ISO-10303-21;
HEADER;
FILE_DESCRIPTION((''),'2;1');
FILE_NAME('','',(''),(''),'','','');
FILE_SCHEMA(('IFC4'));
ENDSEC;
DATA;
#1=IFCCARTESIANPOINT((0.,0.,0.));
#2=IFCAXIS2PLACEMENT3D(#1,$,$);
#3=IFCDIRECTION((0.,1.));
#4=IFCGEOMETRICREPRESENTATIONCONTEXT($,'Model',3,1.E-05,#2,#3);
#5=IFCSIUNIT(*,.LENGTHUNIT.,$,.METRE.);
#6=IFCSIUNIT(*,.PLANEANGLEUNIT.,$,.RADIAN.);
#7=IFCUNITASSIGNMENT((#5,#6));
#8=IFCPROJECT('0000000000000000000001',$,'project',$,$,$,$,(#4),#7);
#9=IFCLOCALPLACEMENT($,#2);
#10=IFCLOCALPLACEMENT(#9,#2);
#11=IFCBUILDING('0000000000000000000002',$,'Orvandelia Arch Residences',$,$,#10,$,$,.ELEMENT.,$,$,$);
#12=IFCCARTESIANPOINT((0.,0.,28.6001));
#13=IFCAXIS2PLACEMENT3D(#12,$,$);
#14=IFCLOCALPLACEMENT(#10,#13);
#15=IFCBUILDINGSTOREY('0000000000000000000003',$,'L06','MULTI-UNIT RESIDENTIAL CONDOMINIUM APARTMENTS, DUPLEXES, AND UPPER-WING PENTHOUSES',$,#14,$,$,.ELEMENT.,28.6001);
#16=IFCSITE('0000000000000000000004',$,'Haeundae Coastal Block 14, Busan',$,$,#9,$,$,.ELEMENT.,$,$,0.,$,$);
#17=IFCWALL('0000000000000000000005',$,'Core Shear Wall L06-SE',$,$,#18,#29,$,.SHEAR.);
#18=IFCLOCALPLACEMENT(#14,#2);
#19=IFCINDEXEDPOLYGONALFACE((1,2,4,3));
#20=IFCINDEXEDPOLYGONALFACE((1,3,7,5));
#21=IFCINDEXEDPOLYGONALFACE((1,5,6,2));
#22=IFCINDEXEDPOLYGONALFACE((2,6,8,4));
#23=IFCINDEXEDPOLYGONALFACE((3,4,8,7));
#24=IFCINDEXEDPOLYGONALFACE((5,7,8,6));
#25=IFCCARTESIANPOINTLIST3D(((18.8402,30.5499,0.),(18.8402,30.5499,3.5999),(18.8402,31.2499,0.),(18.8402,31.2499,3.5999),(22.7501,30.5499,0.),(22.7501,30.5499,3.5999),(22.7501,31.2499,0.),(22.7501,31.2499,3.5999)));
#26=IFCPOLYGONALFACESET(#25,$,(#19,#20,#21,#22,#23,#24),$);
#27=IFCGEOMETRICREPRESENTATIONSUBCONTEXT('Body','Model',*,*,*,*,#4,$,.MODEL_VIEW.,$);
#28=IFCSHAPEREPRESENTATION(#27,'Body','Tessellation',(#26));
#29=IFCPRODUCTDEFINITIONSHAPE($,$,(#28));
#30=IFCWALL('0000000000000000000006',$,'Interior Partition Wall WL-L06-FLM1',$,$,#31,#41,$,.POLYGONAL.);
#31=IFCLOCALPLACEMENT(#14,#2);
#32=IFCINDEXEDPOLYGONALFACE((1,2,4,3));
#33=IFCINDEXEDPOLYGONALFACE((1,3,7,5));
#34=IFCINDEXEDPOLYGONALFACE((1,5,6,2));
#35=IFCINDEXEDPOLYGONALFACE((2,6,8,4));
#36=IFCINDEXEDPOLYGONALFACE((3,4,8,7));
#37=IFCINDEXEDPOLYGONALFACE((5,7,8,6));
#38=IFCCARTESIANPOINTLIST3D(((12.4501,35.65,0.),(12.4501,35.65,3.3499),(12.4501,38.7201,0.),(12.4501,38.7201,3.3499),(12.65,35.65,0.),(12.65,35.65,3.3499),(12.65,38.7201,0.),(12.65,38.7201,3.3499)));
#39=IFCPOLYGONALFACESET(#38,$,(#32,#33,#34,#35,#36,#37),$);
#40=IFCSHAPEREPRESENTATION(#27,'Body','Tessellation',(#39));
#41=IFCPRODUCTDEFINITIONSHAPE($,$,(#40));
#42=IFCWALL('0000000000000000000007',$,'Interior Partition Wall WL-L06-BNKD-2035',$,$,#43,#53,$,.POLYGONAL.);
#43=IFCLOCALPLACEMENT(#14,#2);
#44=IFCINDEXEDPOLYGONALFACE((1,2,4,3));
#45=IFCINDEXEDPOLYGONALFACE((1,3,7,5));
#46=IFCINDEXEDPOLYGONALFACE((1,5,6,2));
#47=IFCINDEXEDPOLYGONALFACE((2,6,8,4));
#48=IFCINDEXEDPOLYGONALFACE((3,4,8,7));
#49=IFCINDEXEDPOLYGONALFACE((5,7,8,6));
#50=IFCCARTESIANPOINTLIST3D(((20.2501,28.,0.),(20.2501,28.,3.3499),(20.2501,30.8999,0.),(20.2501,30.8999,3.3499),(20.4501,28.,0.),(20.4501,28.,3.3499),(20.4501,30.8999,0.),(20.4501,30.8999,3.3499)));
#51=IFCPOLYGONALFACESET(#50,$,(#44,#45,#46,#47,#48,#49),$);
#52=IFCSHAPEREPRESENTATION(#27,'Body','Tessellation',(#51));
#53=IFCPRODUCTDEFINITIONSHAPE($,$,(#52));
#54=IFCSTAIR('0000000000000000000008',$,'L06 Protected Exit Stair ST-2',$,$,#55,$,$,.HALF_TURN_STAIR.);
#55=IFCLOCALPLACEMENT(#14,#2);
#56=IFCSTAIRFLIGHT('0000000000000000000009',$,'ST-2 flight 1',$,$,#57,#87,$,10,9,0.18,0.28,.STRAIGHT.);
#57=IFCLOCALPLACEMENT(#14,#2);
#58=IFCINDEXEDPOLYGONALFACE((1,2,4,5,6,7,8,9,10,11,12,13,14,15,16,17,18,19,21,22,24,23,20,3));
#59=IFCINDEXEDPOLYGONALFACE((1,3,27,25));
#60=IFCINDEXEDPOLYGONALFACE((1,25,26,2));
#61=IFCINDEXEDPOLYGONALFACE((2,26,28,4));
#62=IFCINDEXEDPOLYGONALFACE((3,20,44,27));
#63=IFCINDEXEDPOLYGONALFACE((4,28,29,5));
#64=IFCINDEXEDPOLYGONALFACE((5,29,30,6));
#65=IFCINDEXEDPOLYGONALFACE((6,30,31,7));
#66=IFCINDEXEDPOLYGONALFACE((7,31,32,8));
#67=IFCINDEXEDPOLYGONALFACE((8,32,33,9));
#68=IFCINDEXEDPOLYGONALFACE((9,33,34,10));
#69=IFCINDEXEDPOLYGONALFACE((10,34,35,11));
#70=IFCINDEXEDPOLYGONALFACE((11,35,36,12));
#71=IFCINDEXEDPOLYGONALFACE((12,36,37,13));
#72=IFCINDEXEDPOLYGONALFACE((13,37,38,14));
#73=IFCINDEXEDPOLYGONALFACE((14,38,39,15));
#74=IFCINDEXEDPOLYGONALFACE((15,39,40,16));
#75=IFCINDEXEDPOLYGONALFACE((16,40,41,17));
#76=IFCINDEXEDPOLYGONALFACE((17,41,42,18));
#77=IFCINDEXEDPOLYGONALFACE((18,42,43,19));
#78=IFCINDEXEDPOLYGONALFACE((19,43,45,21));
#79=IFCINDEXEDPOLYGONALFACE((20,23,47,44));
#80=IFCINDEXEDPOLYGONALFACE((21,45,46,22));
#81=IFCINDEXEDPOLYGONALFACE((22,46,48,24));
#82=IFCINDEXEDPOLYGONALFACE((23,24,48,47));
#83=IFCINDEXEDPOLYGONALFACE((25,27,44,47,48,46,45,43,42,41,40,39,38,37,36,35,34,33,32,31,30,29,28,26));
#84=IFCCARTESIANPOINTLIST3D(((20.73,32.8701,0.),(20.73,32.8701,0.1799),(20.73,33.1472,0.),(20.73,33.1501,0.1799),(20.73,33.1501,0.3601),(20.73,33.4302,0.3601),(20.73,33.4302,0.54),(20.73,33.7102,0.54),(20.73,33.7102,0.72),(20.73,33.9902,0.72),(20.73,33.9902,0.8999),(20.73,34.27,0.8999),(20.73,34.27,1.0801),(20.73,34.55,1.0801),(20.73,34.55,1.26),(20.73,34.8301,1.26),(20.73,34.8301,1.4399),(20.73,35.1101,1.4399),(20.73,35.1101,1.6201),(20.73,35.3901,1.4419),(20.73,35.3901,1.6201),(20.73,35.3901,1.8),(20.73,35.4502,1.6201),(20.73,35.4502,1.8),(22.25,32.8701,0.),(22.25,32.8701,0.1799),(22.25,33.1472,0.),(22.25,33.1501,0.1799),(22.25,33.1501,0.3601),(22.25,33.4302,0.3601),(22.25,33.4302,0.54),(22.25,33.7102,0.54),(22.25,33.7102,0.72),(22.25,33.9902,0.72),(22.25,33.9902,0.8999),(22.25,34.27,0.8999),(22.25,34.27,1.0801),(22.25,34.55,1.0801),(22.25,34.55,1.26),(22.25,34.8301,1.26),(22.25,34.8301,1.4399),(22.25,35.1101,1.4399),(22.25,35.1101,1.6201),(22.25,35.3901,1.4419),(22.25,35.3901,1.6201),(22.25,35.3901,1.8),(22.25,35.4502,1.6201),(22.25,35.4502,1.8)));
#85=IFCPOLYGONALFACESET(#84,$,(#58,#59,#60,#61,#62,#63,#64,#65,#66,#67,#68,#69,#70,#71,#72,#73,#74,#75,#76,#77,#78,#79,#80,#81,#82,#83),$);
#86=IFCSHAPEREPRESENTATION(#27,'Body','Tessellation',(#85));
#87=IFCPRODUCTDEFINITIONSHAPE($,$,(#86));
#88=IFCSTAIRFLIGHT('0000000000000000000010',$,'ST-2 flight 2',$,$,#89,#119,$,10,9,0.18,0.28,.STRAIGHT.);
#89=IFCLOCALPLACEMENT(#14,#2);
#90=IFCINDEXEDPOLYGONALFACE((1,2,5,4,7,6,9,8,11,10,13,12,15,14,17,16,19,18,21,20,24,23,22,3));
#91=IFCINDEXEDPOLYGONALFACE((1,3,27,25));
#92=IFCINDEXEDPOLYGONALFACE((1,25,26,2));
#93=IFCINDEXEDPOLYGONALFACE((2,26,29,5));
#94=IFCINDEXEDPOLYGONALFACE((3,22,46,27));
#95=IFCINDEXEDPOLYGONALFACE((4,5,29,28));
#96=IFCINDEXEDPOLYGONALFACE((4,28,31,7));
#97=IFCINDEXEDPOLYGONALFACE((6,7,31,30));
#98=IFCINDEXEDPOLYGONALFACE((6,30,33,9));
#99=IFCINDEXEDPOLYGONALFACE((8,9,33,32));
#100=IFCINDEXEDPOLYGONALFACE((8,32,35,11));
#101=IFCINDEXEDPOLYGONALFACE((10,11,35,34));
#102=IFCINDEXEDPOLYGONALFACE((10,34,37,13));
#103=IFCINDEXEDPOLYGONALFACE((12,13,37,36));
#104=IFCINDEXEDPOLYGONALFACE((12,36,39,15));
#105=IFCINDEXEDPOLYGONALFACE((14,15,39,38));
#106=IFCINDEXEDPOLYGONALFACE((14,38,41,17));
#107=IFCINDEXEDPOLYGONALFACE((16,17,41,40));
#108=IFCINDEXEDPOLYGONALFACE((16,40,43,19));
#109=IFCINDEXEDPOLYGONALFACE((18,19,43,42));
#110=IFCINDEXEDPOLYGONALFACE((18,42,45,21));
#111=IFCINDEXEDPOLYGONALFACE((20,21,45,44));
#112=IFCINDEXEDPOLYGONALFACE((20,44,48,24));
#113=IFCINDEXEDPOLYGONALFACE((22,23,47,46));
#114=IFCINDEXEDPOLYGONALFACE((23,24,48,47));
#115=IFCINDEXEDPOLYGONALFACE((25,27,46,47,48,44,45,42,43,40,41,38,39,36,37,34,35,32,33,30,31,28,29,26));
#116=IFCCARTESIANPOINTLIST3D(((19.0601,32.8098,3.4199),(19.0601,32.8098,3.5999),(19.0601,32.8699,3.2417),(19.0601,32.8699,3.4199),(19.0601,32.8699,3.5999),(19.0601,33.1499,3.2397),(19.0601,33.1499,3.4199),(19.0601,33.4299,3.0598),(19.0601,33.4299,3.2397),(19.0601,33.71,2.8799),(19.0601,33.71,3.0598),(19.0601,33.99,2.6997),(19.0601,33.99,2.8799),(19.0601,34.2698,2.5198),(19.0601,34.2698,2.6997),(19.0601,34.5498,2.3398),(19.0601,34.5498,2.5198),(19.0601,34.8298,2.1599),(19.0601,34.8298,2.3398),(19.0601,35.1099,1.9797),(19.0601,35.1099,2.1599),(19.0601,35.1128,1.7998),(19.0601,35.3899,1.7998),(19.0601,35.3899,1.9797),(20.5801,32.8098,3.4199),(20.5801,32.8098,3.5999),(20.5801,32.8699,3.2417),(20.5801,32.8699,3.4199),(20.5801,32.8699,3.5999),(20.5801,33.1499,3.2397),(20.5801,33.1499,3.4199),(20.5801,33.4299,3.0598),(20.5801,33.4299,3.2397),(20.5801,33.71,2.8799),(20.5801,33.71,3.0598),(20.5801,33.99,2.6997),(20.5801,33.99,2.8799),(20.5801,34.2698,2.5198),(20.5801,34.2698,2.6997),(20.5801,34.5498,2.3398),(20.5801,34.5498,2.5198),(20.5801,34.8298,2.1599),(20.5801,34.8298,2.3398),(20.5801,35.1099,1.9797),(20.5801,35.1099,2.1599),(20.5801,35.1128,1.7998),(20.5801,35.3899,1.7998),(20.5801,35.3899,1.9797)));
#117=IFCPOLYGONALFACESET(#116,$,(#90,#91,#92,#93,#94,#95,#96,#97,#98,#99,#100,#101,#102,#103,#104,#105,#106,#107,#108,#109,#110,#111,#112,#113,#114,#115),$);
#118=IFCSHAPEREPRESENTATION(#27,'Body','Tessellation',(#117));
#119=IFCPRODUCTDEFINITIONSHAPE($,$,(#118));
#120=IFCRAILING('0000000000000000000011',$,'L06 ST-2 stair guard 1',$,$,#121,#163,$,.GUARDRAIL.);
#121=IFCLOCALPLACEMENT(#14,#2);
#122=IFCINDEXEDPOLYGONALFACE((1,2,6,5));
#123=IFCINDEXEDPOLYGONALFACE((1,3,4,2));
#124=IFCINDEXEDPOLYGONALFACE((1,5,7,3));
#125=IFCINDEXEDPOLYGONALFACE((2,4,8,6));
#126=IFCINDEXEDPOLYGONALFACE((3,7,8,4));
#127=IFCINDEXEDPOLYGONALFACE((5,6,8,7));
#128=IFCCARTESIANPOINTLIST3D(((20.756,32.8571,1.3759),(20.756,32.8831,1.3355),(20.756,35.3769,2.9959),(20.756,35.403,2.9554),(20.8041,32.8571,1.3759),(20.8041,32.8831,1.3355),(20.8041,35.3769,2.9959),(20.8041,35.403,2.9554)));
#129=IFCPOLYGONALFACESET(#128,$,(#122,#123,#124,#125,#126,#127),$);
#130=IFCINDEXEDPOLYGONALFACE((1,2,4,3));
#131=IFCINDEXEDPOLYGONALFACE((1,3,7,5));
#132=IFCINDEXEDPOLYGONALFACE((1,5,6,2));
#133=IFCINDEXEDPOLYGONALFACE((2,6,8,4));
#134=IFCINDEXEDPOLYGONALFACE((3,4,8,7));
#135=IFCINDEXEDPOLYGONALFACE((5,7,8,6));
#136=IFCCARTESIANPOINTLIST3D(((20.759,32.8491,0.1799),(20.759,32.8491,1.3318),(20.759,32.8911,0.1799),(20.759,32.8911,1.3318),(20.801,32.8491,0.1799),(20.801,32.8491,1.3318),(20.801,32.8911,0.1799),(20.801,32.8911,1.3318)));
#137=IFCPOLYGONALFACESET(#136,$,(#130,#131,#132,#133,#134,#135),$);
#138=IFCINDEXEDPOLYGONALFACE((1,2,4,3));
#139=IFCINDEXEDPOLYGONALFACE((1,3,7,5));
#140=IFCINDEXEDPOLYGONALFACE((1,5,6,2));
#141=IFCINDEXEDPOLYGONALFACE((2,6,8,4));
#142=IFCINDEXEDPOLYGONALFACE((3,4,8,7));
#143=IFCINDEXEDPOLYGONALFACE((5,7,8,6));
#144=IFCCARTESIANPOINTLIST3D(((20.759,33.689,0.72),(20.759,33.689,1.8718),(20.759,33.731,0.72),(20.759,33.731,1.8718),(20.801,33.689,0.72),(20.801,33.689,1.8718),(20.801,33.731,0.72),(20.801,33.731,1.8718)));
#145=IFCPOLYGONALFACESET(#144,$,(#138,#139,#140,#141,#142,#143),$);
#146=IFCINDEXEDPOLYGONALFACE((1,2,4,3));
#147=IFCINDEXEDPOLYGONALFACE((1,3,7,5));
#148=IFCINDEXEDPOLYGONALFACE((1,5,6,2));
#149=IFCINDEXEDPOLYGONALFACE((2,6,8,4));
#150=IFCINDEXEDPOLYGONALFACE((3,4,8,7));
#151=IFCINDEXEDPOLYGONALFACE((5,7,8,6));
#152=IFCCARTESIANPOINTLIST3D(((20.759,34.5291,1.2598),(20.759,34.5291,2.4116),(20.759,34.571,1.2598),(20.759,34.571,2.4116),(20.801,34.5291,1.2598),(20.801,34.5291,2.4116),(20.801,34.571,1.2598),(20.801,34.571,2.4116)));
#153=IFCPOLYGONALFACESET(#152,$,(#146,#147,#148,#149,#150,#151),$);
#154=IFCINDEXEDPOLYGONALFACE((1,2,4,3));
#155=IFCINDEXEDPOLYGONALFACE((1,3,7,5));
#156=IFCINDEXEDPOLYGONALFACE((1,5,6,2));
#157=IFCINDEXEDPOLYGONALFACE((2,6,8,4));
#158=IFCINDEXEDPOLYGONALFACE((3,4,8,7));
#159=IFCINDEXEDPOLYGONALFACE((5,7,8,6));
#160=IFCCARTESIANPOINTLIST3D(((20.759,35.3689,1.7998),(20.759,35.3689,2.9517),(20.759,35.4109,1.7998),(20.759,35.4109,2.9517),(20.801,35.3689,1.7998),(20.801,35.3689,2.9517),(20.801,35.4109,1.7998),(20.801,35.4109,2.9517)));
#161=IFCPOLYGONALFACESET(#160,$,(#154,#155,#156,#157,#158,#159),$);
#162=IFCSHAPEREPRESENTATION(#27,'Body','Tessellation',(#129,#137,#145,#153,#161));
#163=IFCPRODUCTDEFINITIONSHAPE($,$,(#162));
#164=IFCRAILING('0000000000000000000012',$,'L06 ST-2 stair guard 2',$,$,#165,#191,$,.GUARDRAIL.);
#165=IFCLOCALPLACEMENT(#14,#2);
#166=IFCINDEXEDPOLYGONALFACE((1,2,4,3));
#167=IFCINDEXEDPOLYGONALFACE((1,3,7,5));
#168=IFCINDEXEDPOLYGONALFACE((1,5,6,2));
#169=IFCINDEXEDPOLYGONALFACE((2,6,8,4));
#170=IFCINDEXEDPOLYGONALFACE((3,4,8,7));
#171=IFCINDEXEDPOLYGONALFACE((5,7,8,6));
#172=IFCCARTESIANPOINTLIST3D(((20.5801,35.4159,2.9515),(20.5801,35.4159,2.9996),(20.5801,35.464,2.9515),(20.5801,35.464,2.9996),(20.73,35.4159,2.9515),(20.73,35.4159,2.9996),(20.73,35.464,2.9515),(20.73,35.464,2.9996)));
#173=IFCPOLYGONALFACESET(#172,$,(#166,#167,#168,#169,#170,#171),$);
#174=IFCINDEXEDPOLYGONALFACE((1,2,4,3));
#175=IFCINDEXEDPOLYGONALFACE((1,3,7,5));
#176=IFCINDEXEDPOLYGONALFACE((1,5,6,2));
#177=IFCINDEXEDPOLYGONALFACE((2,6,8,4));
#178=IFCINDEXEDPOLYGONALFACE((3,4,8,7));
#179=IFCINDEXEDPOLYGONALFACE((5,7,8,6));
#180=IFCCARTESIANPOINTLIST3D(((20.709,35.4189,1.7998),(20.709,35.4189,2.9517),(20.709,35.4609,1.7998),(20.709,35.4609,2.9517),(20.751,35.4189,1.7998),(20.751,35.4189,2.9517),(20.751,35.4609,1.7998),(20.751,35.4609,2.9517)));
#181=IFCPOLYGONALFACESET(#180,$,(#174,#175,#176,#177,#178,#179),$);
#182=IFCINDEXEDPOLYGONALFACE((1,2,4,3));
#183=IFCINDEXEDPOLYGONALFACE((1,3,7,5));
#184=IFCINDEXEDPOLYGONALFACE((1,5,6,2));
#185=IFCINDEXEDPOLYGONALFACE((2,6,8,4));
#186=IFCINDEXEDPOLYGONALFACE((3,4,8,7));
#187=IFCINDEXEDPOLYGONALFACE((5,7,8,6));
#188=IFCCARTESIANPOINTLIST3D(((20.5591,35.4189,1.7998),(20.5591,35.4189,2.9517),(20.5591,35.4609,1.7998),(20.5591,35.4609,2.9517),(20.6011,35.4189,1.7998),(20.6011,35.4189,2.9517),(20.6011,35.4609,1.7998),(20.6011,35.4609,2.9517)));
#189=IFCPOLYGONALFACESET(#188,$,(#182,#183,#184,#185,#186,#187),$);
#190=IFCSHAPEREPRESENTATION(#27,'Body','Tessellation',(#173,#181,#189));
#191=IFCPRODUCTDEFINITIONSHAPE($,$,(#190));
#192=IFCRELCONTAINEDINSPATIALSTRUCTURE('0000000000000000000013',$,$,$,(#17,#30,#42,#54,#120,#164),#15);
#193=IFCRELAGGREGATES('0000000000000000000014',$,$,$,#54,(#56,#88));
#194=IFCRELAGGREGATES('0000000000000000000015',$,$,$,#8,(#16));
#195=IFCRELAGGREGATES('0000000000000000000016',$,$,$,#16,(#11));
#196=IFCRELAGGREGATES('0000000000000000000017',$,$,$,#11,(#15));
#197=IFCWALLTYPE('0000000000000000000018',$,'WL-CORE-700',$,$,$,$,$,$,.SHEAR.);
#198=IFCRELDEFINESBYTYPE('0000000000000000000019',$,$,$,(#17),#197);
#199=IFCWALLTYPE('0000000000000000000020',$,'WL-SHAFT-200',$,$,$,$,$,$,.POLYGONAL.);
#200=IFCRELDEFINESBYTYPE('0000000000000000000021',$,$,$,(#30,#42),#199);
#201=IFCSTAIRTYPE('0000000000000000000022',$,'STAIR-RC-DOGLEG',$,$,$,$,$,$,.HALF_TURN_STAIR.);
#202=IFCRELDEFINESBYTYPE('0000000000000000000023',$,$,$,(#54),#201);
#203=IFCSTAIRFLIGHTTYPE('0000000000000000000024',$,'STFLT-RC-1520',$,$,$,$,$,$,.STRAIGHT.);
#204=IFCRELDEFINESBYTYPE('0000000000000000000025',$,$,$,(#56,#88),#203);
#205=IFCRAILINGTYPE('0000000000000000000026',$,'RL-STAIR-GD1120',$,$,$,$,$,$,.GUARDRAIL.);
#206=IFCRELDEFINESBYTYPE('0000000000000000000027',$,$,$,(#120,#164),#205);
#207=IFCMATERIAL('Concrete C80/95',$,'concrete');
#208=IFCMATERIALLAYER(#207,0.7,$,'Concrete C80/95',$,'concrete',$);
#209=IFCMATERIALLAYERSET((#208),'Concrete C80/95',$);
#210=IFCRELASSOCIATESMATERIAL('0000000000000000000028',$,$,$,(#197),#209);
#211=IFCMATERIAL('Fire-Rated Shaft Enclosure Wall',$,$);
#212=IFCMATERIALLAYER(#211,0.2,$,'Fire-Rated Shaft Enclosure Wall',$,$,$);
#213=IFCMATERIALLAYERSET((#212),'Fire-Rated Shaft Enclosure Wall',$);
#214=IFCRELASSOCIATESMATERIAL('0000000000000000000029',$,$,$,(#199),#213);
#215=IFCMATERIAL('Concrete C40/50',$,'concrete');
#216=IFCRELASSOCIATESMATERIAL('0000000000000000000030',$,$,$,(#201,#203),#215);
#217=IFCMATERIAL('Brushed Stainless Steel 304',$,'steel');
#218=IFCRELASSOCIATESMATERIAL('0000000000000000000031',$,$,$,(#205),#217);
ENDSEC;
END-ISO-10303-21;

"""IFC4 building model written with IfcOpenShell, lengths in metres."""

from ifc_helpers import new_model, si_unit, direction, frame, frame_2d, origin, origin_2d, place, context, subcontext, project, spatial, polyline, rectangle, outline, extrude, material, layer, layer_set, type_object, element, aggregate, save


model = new_model("IFC4")

# Units and contexts
model_context = context("Model", 3, precision=1e-05, world=origin(), true_north=direction((0.0, 1.0)))
body_context = subcontext(model_context, "Body", "Model", "MODEL_VIEW")
ifc_project = project(units=[si_unit("LENGTHUNIT", "METRE"), si_unit("PLANEANGLEUNIT", "RADIAN")], contexts=[model_context])

# Site, building, storey
site_placement = place(None, origin())
site = spatial("IfcSite", under=ifc_project, at=site_placement, Name="Haeundae Coastal Block 14, Busan", CompositionType="ELEMENT", RefElevation=0.0)
building_placement = place(site_placement, origin())
building = spatial("IfcBuilding", under=site, at=building_placement, Name="Orvandelia Arch Residences", CompositionType="ELEMENT")
storey_placement = place(building_placement, frame((0.0, 0.0, 28.6001)))
storey = spatial("IfcBuildingStorey", under=building, at=storey_placement, Name="L06", Description="MULTI-UNIT RESIDENTIAL CONDOMINIUM APARTMENTS, DUPLEXES, AND UPPER-WING PENTHOUSES", CompositionType="ELEMENT", Elevation=28.6001)

# Shared definitions
ifc_material_1 = material(Name="Concrete C80/95", Category="concrete")

# Shared definitions
ifc_layer_1 = layer(ifc_material_1, 0.7, Name="Concrete C80/95", Category="concrete")
ifc_layer_set_1 = layer_set([ifc_layer_1], Name="Concrete C80/95")
wall_type_1 = type_object("IfcWallType", Name="WL-CORE-700", PredefinedType="SHEAR", material=ifc_layer_set_1)

# Walls
wall_1_placement = place(storey_placement, frame((18.8401, 30.8999, 0.0), z_axis=(0.0, 0.0, 1.0), x_axis=(1.0, 0.0, 0.0)))
element("IfcWall", 1, at=wall_1_placement, inside=storey, type_object=wall_type_1, Name="Core Shear Wall L06-SE", PredefinedType="SHEAR", context=body_context, shape_type="SweptSolid", body=[
    extrude(rectangle(XDim=3.9099, YDim=0.7, at=frame_2d((1.9551, 0.0))), origin(), (0.0, 0.0, 1.0), 3.5999),
])
ifc_material_2 = material(Name="Fire-Rated Shaft Enclosure Wall")
ifc_layer_2 = layer(ifc_material_2, 0.2, Name="Fire-Rated Shaft Enclosure Wall")
ifc_layer_set_2 = layer_set([ifc_layer_2], Name="Fire-Rated Shaft Enclosure Wall")
wall_type_2 = type_object("IfcWallType", Name="WL-SHAFT-200", PredefinedType="POLYGONAL", material=ifc_layer_set_2)
wall_2_placement = place(storey_placement, frame((12.55, 35.6499, 0.0), z_axis=(0.0, 0.0, 1.0), x_axis=(0.0, 1.0, 0.0)))
element("IfcWall", 2, at=wall_2_placement, inside=storey, type_object=wall_type_2, Name="Interior Partition Wall WL-L06-FLM1", PredefinedType="POLYGONAL", context=body_context, shape_type="SweptSolid", body=[
    extrude(rectangle(XDim=3.0701, YDim=0.2, at=frame_2d((1.5352, 0.0))), origin(), (0.0, 0.0, 1.0), 3.3499),
])
wall_3_placement = place(storey_placement, frame((20.3501, 28.0, 0.0), z_axis=(0.0, 0.0, 1.0), x_axis=(0.0, 1.0, 0.0)))
element("IfcWall", 3, at=wall_3_placement, inside=storey, type_object=wall_type_2, Name="Interior Partition Wall WL-L06-BNKD-2035", PredefinedType="POLYGONAL", context=body_context, shape_type="SweptSolid", body=[
    extrude(rectangle(XDim=2.8999, YDim=0.2, at=frame_2d((1.45, 0.0))), origin(), (0.0, 0.0, 1.0), 3.3499),
])

# Stair, stair flights
ifc_material_3 = material(Name="Concrete C40/50", Category="concrete")
stair_type = type_object("IfcStairType", Name="STAIR-RC-DOGLEG", PredefinedType="HALF_TURN_STAIR", material=ifc_material_3)
stair_placement = place(storey_placement, origin())
stair = element("IfcStair", 4, at=stair_placement, inside=storey, type_object=stair_type, Name="L06 Protected Exit Stair ST-2", PredefinedType="HALF_TURN_STAIR")
stair_flight_type = type_object("IfcStairFlightType", Name="STFLT-RC-1520", PredefinedType="STRAIGHT", material=ifc_material_3)
stair_flight_1_placement = place(storey_placement, frame((21.49, 32.8701, 0.0), z_axis=(0.0, 0.0, 1.0), x_axis=(0.0, 1.0, 0.0)))
stair_flight_1 = element("IfcStairFlight", 5, at=stair_flight_1_placement, type_object=stair_flight_type, Name="ST-2 flight 1", NumberOfRisers=10, NumberOfTreads=9, PredefinedType="STRAIGHT", RiserHeight=0.18, TreadLength=0.28, context=body_context, shape_type="SweptSolid", body=[
    extrude(outline(polyline([(0.0, 0.0), (0.0, 0.1799), (0.28, 0.1799), (0.28, 0.3601), (0.5601, 0.3601), (0.5601, 0.54), (0.8401, 0.54), (0.8401, 0.72), (1.1201, 0.72), (1.1201, 0.8999), (1.3999, 0.8999), (1.3999, 1.0801), (1.6799, 1.0801), (1.6799, 1.26), (1.96, 1.26), (1.96, 1.4399), (2.24, 1.4399), (2.24, 1.6201), (2.52, 1.6201), (2.52, 1.8), (2.5801, 1.8), (2.5801, 1.6201), (2.52, 1.4419), (0.2771, 0.0), (0.0, 0.0)])), frame((0.0, 0.76, 0.0), z_axis=(0.0, -1.0, 0.0), x_axis=(1.0, 0.0, 0.0)), (0.0, 0.0, 1.0), 1.52),
])
stair_flight_2_placement = place(storey_placement, frame((19.8201, 35.3899, 1.7998), z_axis=(0.0, 0.0, 1.0), x_axis=(0.0, -1.0, 0.0)))
stair_flight_2 = element("IfcStairFlight", 6, at=stair_flight_2_placement, type_object=stair_flight_type, Name="ST-2 flight 2", NumberOfRisers=10, NumberOfTreads=9, PredefinedType="STRAIGHT", RiserHeight=0.18, TreadLength=0.28, context=body_context, shape_type="SweptSolid", body=[
    extrude(outline(polyline([(0.0, 0.0), (0.0, 0.1799), (0.28, 0.1799), (0.28, 0.3601), (0.5601, 0.3601), (0.5601, 0.54), (0.8401, 0.54), (0.8401, 0.72), (1.1201, 0.72), (1.1201, 0.8999), (1.3999, 0.8999), (1.3999, 1.0801), (1.6799, 1.0801), (1.6799, 1.26), (1.96, 1.26), (1.96, 1.4399), (2.24, 1.4399), (2.24, 1.6201), (2.52, 1.6201), (2.52, 1.8), (2.5801, 1.8), (2.5801, 1.6201), (2.52, 1.4419), (0.2771, 0.0), (0.0, 0.0)])), frame((0.0, 0.76, 0.0), z_axis=(0.0, -1.0, 0.0), x_axis=(1.0, 0.0, 0.0)), (0.0, 0.0, 1.0), 1.52),
])
aggregate(stair, [stair_flight_1, stair_flight_2])

# Railings
ifc_material_4 = material(Name="Brushed Stainless Steel 304", Category="steel")
railing_type_1 = type_object("IfcRailingType", Name="RL-STAIR-GD1120", PredefinedType="GUARDRAIL", material=ifc_material_4)
railing_1_placement = place(storey_placement, frame((20.78, 32.8701, 0.1799)))
element("IfcRailing", 7, at=railing_1_placement, inside=storey, type_object=railing_type_1, Name="L06 ST-2 stair guard 1", PredefinedType="GUARDRAIL", context=body_context, shape_type="SweptSolid", body=[
    extrude(rectangle(XDim=0.0481, YDim=0.0481, at=origin_2d()), frame((0.0, 0.0, 1.1758), z_axis=(0.0, 0.841176, 0.540762), x_axis=(-1.0, 0.0, 0.0)), (0.0, 0.0, 1.0), 2.9956),
    extrude(rectangle(XDim=0.042, YDim=0.042, at=origin_2d()), origin(), (0.0, 0.0, 1.0), 1.1519),
    extrude(rectangle(XDim=0.042, YDim=0.042, at=origin_2d()), frame((0.0, 0.8398, 0.54)), (0.0, 0.0, 1.0), 1.1519),
    extrude(rectangle(XDim=0.042, YDim=0.042, at=origin_2d()), frame((0.0, 1.6799, 1.0798)), (0.0, 0.0, 1.0), 1.1519),
    extrude(rectangle(XDim=0.042, YDim=0.042, at=origin_2d()), frame((0.0, 2.5198, 1.6199)), (0.0, 0.0, 1.0), 1.1519),
])
railing_2_placement = place(storey_placement, frame((20.73, 35.4399, 1.7998)))
element("IfcRailing", 8, at=railing_2_placement, inside=storey, type_object=railing_type_1, Name="L06 ST-2 stair guard 2", PredefinedType="GUARDRAIL", context=body_context, shape_type="SweptSolid", body=[
    extrude(rectangle(XDim=0.0481, YDim=0.0481, at=origin_2d()), frame((0.0, 0.0, 1.1758), z_axis=(-1.0, 0.0, 0.0), x_axis=(0.0, -1.0, 0.0)), (0.0, 0.0, 1.0), 0.1499),
    extrude(rectangle(XDim=0.042, YDim=0.042, at=origin_2d()), origin(), (0.0, 0.0, 1.0), 1.1519),
    extrude(rectangle(XDim=0.042, YDim=0.042, at=origin_2d()), frame((-0.1499, 0.0, 0.0)), (0.0, 0.0, 1.0), 1.1519),
])

save(model, "model.ifc")
